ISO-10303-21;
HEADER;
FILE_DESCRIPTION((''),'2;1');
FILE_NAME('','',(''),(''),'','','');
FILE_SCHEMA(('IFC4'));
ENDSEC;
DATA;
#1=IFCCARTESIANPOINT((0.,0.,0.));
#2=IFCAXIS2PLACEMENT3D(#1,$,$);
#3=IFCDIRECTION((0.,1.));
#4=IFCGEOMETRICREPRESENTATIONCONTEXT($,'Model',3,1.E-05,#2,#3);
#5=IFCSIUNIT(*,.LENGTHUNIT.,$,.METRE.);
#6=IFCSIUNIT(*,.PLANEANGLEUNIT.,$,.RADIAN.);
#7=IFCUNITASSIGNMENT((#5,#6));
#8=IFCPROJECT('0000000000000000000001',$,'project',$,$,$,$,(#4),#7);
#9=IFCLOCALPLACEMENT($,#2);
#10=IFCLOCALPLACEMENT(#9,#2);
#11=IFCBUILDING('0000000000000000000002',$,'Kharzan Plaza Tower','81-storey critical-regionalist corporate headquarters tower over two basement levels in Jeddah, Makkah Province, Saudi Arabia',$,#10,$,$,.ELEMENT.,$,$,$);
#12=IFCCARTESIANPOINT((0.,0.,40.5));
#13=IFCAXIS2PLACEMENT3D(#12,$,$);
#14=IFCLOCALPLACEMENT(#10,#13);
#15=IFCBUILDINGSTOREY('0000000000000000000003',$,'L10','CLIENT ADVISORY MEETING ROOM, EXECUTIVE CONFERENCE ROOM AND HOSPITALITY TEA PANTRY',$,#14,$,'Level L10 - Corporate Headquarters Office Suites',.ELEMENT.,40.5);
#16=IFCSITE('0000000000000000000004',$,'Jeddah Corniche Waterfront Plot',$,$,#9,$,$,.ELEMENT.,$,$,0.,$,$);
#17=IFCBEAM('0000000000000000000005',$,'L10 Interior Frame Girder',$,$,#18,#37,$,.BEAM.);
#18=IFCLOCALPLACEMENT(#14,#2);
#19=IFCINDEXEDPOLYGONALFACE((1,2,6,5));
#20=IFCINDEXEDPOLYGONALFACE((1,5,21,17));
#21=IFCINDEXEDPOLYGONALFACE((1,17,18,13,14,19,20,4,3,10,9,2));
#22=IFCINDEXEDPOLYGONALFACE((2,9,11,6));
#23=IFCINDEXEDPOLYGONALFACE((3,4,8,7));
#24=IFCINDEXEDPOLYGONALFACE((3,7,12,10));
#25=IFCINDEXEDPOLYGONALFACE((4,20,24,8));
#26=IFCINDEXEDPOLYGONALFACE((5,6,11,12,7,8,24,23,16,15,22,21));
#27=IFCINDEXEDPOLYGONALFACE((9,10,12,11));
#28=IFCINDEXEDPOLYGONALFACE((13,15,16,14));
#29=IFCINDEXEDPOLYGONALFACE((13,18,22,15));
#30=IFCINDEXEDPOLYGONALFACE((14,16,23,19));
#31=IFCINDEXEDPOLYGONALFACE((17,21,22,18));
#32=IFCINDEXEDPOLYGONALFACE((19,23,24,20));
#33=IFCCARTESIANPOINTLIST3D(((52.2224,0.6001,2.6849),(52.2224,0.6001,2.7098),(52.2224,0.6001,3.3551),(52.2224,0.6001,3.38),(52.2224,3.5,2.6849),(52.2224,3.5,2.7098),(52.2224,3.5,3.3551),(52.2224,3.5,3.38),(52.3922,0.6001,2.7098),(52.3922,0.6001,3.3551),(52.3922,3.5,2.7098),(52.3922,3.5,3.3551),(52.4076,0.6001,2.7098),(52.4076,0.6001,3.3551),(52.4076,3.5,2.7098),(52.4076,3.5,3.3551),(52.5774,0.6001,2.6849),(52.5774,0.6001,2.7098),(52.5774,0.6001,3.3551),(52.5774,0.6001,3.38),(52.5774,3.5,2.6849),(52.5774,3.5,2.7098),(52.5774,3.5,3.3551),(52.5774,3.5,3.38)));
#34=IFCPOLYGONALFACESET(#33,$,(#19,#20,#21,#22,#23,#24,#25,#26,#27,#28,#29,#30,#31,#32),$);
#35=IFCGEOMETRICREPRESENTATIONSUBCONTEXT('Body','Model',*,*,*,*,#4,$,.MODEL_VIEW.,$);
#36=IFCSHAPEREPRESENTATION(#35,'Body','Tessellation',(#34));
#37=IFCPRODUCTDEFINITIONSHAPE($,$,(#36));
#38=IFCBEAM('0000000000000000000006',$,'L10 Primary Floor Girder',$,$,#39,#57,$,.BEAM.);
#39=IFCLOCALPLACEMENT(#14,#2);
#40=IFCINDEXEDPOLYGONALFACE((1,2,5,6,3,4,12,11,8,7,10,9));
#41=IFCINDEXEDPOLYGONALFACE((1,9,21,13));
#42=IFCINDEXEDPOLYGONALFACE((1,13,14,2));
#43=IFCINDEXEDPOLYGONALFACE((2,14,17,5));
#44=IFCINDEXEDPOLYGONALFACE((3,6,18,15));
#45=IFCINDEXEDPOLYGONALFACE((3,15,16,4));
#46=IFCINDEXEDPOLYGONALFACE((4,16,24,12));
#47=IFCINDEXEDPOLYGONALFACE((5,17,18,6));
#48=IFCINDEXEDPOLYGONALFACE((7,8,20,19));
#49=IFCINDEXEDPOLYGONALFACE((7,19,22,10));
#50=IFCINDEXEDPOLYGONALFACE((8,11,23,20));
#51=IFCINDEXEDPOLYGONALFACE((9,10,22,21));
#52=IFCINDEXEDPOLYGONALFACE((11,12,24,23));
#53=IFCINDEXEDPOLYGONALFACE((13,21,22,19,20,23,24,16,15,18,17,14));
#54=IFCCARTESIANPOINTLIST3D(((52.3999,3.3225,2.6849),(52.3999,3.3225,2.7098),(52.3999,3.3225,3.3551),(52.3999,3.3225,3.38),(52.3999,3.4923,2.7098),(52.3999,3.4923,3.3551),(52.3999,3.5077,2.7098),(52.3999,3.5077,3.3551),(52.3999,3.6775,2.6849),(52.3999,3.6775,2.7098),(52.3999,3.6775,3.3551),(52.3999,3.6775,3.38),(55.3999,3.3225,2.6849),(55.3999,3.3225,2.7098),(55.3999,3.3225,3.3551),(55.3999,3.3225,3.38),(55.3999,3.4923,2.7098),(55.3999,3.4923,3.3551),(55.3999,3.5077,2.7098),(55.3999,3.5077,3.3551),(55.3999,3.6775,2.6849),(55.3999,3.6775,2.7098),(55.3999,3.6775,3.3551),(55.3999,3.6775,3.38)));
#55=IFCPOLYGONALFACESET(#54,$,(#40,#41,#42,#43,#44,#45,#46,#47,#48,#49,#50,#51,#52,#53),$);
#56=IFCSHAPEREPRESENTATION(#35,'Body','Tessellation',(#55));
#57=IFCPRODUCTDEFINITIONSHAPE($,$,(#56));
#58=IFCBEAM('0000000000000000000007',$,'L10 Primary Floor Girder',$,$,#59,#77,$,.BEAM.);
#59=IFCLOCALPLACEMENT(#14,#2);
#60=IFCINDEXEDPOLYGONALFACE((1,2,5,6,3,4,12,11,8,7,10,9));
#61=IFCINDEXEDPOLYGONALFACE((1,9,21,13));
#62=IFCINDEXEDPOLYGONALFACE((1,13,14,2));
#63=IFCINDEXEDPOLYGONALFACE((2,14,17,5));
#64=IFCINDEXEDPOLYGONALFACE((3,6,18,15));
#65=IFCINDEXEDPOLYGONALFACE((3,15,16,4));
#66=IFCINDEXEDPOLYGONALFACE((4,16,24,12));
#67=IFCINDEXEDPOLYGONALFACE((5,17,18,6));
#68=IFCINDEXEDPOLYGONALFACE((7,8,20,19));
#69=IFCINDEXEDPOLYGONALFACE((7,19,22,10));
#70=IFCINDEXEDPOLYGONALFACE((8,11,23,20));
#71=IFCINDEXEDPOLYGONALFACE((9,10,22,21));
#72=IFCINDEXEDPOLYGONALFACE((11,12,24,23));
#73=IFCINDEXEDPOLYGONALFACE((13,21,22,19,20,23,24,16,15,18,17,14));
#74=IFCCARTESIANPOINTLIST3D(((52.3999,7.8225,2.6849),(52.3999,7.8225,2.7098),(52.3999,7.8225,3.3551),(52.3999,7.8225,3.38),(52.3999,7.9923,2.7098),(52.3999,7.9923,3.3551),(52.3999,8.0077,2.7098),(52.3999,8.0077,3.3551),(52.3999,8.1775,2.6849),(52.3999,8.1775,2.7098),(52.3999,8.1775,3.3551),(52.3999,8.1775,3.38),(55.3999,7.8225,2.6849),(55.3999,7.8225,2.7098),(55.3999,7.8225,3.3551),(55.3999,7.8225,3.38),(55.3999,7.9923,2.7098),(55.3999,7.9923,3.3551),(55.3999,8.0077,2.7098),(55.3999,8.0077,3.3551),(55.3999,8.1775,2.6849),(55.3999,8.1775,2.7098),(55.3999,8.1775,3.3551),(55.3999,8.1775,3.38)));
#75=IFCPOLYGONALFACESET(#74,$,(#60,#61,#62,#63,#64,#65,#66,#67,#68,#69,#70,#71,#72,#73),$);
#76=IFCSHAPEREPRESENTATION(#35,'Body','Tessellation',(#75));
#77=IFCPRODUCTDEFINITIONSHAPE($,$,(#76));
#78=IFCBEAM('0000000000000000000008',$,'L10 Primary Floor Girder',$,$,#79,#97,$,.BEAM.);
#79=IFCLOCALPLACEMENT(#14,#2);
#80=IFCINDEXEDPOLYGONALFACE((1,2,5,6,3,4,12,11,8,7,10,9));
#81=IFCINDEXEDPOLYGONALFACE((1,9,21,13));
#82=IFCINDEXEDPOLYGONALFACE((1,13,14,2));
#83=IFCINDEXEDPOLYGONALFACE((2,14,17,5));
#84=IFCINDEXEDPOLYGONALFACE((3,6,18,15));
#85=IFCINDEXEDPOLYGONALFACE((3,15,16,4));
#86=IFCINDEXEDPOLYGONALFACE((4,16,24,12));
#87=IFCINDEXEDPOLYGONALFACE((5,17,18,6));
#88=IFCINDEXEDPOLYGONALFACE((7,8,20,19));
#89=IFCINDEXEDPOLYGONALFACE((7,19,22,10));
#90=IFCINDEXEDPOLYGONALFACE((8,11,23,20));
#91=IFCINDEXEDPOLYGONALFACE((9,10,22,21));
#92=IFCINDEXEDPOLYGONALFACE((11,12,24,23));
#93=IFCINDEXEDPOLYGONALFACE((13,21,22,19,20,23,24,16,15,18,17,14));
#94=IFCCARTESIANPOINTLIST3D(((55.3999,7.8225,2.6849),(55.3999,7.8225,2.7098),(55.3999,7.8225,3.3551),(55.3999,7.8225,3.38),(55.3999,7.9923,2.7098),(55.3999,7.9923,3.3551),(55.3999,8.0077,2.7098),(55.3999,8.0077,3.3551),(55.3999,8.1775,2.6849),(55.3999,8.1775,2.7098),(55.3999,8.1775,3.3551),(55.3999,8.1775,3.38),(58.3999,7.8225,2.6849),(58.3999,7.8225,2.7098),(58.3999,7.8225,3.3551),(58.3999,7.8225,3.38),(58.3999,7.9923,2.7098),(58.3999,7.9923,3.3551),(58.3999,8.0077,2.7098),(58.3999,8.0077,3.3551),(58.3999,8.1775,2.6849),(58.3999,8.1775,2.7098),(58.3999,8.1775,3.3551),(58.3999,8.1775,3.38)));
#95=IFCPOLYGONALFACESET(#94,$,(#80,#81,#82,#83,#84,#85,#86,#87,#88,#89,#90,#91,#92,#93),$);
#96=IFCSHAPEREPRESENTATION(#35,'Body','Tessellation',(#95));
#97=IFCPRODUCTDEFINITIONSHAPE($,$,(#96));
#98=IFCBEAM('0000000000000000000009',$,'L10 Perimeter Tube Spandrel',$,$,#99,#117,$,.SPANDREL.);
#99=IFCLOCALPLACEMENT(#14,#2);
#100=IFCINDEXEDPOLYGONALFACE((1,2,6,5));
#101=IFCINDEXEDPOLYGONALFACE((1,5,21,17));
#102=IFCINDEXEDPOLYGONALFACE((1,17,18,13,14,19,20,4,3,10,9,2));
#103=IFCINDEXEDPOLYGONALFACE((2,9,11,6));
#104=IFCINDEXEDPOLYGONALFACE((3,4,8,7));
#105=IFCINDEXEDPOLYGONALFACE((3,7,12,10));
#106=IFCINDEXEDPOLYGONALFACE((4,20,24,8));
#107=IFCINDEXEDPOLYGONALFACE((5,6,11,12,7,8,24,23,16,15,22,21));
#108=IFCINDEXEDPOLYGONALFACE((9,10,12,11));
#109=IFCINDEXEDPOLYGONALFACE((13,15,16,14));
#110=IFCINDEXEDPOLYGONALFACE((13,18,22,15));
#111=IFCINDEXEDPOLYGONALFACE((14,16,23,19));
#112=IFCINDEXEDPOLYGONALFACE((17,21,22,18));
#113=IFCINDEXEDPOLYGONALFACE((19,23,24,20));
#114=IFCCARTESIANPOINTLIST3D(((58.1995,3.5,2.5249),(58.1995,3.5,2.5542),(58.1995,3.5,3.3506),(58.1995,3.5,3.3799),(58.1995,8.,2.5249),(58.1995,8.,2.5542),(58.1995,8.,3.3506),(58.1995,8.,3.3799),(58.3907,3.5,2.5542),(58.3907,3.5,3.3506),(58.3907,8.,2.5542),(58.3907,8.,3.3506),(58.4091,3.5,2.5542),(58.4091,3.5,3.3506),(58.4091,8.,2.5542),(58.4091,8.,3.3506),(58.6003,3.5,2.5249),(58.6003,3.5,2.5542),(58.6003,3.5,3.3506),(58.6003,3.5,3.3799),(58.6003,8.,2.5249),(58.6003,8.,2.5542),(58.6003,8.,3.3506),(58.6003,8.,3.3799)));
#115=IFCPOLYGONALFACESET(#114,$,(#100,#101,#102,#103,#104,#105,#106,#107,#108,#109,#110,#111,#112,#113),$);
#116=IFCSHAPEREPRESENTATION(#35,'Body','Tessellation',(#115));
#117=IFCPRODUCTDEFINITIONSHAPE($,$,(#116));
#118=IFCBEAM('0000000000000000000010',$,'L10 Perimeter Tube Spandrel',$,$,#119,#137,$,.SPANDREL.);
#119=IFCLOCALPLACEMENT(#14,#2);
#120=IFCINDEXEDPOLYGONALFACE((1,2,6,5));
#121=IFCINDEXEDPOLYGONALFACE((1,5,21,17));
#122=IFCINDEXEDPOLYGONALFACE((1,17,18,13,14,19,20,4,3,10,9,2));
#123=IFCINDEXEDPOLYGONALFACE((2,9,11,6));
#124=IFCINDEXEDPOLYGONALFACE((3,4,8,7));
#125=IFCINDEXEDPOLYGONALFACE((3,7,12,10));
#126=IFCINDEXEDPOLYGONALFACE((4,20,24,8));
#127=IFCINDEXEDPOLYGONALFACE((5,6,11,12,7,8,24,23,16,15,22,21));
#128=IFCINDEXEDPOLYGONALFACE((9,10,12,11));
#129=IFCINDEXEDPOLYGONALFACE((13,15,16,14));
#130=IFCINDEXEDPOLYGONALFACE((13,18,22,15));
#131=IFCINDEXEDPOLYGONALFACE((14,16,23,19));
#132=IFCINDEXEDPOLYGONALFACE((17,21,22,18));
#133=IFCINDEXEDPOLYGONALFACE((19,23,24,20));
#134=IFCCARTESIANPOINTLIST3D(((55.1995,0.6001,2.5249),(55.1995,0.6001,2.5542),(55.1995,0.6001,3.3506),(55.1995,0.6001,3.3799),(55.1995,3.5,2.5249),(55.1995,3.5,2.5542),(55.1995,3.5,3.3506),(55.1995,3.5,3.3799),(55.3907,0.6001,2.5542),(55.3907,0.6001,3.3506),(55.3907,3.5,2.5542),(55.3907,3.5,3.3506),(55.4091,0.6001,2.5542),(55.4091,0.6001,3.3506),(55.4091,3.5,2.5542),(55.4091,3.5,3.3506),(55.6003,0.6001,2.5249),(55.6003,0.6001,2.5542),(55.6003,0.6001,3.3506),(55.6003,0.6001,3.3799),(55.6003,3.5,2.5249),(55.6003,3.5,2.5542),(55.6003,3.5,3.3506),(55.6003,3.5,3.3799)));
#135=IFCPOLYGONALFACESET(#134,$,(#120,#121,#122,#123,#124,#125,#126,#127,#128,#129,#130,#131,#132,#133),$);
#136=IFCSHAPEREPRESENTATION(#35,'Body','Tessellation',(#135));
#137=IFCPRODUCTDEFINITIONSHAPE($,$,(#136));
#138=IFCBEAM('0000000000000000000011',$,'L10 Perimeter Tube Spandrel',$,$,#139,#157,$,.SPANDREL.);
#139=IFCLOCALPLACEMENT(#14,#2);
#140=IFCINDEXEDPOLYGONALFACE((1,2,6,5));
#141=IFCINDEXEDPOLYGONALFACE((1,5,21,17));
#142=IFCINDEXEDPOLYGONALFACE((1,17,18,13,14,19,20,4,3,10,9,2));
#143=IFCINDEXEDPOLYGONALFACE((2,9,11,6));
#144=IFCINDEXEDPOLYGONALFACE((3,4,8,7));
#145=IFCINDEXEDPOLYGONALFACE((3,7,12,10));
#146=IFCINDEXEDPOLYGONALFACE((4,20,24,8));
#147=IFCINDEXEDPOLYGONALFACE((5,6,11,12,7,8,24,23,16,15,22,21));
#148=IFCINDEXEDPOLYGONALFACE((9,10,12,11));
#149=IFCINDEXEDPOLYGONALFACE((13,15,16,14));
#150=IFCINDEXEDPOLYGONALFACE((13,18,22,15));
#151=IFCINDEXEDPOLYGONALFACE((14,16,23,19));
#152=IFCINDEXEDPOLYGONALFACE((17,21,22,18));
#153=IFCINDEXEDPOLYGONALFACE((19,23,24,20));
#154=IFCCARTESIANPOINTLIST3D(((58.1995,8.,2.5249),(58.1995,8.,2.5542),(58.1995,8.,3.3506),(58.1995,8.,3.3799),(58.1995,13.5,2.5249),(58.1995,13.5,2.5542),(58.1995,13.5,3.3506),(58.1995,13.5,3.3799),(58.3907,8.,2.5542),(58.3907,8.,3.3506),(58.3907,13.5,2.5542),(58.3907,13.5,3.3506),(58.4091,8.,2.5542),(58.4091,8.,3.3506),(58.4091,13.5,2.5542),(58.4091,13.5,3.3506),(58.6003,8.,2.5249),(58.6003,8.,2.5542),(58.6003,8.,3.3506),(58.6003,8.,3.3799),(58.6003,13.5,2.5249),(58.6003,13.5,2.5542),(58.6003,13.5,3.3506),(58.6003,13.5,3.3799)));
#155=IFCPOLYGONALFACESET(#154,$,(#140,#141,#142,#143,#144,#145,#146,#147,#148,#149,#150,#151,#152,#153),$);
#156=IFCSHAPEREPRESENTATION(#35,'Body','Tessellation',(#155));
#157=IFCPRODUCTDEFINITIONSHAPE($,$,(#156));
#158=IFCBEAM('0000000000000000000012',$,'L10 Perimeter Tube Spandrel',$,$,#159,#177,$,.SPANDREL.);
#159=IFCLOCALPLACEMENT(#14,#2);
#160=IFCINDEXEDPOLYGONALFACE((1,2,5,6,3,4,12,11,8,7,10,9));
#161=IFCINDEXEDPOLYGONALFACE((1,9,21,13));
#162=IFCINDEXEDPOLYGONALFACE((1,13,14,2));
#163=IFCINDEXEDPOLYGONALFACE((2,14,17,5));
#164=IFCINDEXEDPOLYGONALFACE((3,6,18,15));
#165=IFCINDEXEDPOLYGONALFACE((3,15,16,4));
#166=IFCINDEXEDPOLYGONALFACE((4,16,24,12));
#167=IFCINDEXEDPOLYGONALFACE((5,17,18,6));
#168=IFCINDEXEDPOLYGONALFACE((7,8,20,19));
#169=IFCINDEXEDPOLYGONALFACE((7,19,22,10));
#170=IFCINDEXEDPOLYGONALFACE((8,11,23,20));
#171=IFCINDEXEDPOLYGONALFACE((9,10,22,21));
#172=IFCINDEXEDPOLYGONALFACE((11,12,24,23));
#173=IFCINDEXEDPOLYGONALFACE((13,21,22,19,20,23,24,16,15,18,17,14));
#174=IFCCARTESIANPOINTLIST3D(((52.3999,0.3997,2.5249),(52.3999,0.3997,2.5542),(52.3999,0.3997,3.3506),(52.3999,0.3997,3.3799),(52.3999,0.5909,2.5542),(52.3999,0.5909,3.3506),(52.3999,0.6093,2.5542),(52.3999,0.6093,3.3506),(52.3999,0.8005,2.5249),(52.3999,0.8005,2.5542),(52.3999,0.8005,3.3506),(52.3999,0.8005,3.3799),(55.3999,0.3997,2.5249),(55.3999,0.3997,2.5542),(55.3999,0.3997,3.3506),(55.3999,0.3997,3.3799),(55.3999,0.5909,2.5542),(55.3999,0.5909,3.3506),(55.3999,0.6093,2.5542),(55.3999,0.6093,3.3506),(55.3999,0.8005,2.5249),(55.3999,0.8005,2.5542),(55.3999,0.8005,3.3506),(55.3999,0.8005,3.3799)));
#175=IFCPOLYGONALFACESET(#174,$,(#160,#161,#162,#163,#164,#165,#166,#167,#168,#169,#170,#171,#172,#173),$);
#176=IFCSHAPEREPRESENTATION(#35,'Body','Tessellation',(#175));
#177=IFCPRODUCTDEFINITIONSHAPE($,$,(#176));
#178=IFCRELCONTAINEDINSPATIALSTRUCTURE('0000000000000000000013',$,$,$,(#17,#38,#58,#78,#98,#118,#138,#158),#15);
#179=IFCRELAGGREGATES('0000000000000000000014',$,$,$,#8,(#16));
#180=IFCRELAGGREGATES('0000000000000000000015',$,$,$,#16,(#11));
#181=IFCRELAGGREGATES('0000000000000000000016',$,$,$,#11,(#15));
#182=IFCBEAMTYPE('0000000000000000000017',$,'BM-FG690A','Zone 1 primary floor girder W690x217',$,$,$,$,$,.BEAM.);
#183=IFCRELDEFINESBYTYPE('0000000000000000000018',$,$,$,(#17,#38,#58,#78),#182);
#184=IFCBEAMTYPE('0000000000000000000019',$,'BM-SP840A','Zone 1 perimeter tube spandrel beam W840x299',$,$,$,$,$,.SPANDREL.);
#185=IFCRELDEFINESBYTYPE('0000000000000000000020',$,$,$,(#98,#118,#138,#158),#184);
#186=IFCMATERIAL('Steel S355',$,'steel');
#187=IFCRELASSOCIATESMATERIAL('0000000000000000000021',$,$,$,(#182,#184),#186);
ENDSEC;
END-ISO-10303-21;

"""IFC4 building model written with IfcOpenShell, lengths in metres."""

from ifc_helpers import new_model, si_unit, direction, frame, origin, origin_2d, place, context, subcontext, project, spatial, i_section, extrude, source, transform, mapped, material, material_profile, profile_set, type_object, element, save


model = new_model("IFC4")

# Units and contexts
model_context = context("Model", 3, precision=1e-05, world=origin(), true_north=direction((0.0, 1.0)))
body_context = subcontext(model_context, "Body", "Model", "MODEL_VIEW")
ifc_project = project(units=[si_unit("LENGTHUNIT", "METRE"), si_unit("PLANEANGLEUNIT", "RADIAN")], contexts=[model_context])

# Site, building, storey
site_placement = place(None, origin())
site = spatial("IfcSite", under=ifc_project, at=site_placement, Name="Jeddah Corniche Waterfront Plot", CompositionType="ELEMENT", RefElevation=0.0)
building_placement = place(site_placement, origin())
building = spatial("IfcBuilding", under=site, at=building_placement, Name="Kharzan Plaza Tower", Description="81-storey critical-regionalist corporate headquarters tower over two basement levels in Jeddah, Makkah Province, Saudi Arabia", CompositionType="ELEMENT")
storey_placement = place(building_placement, frame((0.0, 0.0, 40.5)))
storey = spatial("IfcBuildingStorey", under=building, at=storey_placement, Name="L10", Description="CLIENT ADVISORY MEETING ROOM, EXECUTIVE CONFERENCE ROOM AND HOSPITALITY TEA PANTRY", LongName="Level L10 - Corporate Headquarters Office Suites", CompositionType="ELEMENT", Elevation=40.5)

# Beams
ifc_material_1 = material(Name="Steel S355", Category="steel")
ifc_material_profile_1 = material_profile(ifc_material_1, i_section(OverallWidth=0.355, OverallDepth=0.6951, WebThickness=0.0154, FlangeThickness=0.0249, at=origin_2d()), Name="W690x217")
ifc_profile_set_1 = profile_set([ifc_material_profile_1], Name="Steel S355")
beam_type_1 = type_object("IfcBeamType", Name="BM-FG690A", Description="Zone 1 primary floor girder W690x217", PredefinedType="BEAM", material=ifc_profile_set_1)
shared_shape_1 = source(origin(), body_context, "Body", "SweptSolid", [
    extrude(i_section(OverallWidth=0.355, OverallDepth=0.6951, WebThickness=0.0154, FlangeThickness=0.0249, at=origin_2d()), origin(), (0.0, 0.0, 1.0), 2.8999),
])
beam_1_placement = place(storey_placement, frame((52.3999, 0.6001, 3.0325), z_axis=(0.0, 1.0, 0.0), x_axis=(-1.0, 0.0, 0.0)))
element("IfcBeam", 1, at=beam_1_placement, inside=storey, type_object=beam_type_1, Name="L10 Interior Frame Girder", PredefinedType="BEAM", context=body_context, shape_type="MappedRepresentation", body=[
    mapped(shared_shape_1, transform((0.0, 0.0, 0.0), x_axis=(1.0, 0.0, 0.0), y_axis=(0.0, 1.0, 0.0), z_axis=(0.0, 0.0, 1.0))),
])
shared_shape_2 = source(origin(), body_context, "Body", "SweptSolid", [
    extrude(i_section(OverallWidth=0.355, OverallDepth=0.6951, WebThickness=0.0154, FlangeThickness=0.0249, at=origin_2d()), origin(), (0.0, 0.0, 1.0), 3.0),
])
for number, where, z_axis, x_axis, name in (
    (2, (52.3999, 3.5, 3.0325), (1.0, 0.0, 0.0), (0.0, 1.0, 0.0), "L10 Primary Floor Girder"),
    (3, (52.3999, 8.0, 3.0325), (1.0, 0.0, 0.0), (0.0, 1.0, 0.0), "L10 Primary Floor Girder"),
    (4, (55.3999, 8.0, 3.0325), (1.0, 0.0, 0.0), (0.0, 1.0, 0.0), "L10 Primary Floor Girder"),
):
    element("IfcBeam", number, at=place(storey_placement, frame(where, z_axis=z_axis, x_axis=x_axis)), inside=storey, type_object=beam_type_1, Name=name, PredefinedType="BEAM", context=body_context, shape_type="MappedRepresentation", body=[
        mapped(shared_shape_2, transform((0.0, 0.0, 0.0), x_axis=(1.0, 0.0, 0.0), y_axis=(0.0, 1.0, 0.0), z_axis=(0.0, 0.0, 1.0))),
    ])
ifc_material_profile_2 = material_profile(ifc_material_1, i_section(OverallWidth=0.4009, OverallDepth=0.855, WebThickness=0.0183, FlangeThickness=0.0293, at=origin_2d()), Name="W840x299")
ifc_profile_set_2 = profile_set([ifc_material_profile_2], Name="Steel S355")
beam_type_2 = type_object("IfcBeamType", Name="BM-SP840A", Description="Zone 1 perimeter tube spandrel beam W840x299", PredefinedType="SPANDREL", material=ifc_profile_set_2)
shared_shape_3 = source(origin(), body_context, "Body", "SweptSolid", [
    extrude(i_section(OverallWidth=0.4009, OverallDepth=0.855, WebThickness=0.0183, FlangeThickness=0.0293, at=origin_2d()), origin(), (0.0, 0.0, 1.0), 4.5),
])
beam_2_placement = place(storey_placement, frame((58.3999, 3.5, 2.9524), z_axis=(0.0, 1.0, 0.0), x_axis=(-1.0, 0.0, 0.0)))
element("IfcBeam", 5, at=beam_2_placement, inside=storey, type_object=beam_type_2, Name="L10 Perimeter Tube Spandrel", PredefinedType="SPANDREL", context=body_context, shape_type="MappedRepresentation", body=[
    mapped(shared_shape_3, transform((0.0, 0.0, 0.0), x_axis=(1.0, 0.0, 0.0), y_axis=(0.0, 1.0, 0.0), z_axis=(0.0, 0.0, 1.0))),
])
shared_shape_4 = source(origin(), body_context, "Body", "SweptSolid", [
    extrude(i_section(OverallWidth=0.4009, OverallDepth=0.855, WebThickness=0.0183, FlangeThickness=0.0293, at=origin_2d()), origin(), (0.0, 0.0, 1.0), 2.8999),
])
beam_3_placement = place(storey_placement, frame((55.3999, 0.6001, 2.9524), z_axis=(0.0, 1.0, 0.0), x_axis=(-1.0, 0.0, 0.0)))
element("IfcBeam", 6, at=beam_3_placement, inside=storey, type_object=beam_type_2, Name="L10 Perimeter Tube Spandrel", PredefinedType="SPANDREL", context=body_context, shape_type="MappedRepresentation", body=[
    mapped(shared_shape_4, transform((0.0, 0.0, 0.0), x_axis=(1.0, 0.0, 0.0), y_axis=(0.0, 1.0, 0.0), z_axis=(0.0, 0.0, 1.0))),
])
shared_shape_5 = source(origin(), body_context, "Body", "SweptSolid", [
    extrude(i_section(OverallWidth=0.4009, OverallDepth=0.855, WebThickness=0.0183, FlangeThickness=0.0293, at=origin_2d()), origin(), (0.0, 0.0, 1.0), 5.5),
])
beam_4_placement = place(storey_placement, frame((58.3999, 8.0, 2.9524), z_axis=(0.0, 1.0, 0.0), x_axis=(-1.0, 0.0, 0.0)))
element("IfcBeam", 7, at=beam_4_placement, inside=storey, type_object=beam_type_2, Name="L10 Perimeter Tube Spandrel", PredefinedType="SPANDREL", context=body_context, shape_type="MappedRepresentation", body=[
    mapped(shared_shape_5, transform((0.0, 0.0, 0.0), x_axis=(1.0, 0.0, 0.0), y_axis=(0.0, 1.0, 0.0), z_axis=(0.0, 0.0, 1.0))),
])
shared_shape_6 = source(origin(), body_context, "Body", "SweptSolid", [
    extrude(i_section(OverallWidth=0.4009, OverallDepth=0.855, WebThickness=0.0183, FlangeThickness=0.0293, at=origin_2d()), origin(), (0.0, 0.0, 1.0), 3.0),
])
for number, where, z_axis, x_axis, name in (
    (8, (52.3999, 0.6001, 2.9524), (1.0, 0.0, 0.0), (0.0, 1.0, 0.0), "L10 Perimeter Tube Spandrel"),
):
    element("IfcBeam", number, at=place(storey_placement, frame(where, z_axis=z_axis, x_axis=x_axis)), inside=storey, type_object=beam_type_2, Name=name, PredefinedType="SPANDREL", context=body_context, shape_type="MappedRepresentation", body=[
        mapped(shared_shape_6, transform((0.0, 0.0, 0.0), x_axis=(1.0, 0.0, 0.0), y_axis=(0.0, 1.0, 0.0), z_axis=(0.0, 0.0, 1.0))),
    ])

save(model, "model.ifc")
